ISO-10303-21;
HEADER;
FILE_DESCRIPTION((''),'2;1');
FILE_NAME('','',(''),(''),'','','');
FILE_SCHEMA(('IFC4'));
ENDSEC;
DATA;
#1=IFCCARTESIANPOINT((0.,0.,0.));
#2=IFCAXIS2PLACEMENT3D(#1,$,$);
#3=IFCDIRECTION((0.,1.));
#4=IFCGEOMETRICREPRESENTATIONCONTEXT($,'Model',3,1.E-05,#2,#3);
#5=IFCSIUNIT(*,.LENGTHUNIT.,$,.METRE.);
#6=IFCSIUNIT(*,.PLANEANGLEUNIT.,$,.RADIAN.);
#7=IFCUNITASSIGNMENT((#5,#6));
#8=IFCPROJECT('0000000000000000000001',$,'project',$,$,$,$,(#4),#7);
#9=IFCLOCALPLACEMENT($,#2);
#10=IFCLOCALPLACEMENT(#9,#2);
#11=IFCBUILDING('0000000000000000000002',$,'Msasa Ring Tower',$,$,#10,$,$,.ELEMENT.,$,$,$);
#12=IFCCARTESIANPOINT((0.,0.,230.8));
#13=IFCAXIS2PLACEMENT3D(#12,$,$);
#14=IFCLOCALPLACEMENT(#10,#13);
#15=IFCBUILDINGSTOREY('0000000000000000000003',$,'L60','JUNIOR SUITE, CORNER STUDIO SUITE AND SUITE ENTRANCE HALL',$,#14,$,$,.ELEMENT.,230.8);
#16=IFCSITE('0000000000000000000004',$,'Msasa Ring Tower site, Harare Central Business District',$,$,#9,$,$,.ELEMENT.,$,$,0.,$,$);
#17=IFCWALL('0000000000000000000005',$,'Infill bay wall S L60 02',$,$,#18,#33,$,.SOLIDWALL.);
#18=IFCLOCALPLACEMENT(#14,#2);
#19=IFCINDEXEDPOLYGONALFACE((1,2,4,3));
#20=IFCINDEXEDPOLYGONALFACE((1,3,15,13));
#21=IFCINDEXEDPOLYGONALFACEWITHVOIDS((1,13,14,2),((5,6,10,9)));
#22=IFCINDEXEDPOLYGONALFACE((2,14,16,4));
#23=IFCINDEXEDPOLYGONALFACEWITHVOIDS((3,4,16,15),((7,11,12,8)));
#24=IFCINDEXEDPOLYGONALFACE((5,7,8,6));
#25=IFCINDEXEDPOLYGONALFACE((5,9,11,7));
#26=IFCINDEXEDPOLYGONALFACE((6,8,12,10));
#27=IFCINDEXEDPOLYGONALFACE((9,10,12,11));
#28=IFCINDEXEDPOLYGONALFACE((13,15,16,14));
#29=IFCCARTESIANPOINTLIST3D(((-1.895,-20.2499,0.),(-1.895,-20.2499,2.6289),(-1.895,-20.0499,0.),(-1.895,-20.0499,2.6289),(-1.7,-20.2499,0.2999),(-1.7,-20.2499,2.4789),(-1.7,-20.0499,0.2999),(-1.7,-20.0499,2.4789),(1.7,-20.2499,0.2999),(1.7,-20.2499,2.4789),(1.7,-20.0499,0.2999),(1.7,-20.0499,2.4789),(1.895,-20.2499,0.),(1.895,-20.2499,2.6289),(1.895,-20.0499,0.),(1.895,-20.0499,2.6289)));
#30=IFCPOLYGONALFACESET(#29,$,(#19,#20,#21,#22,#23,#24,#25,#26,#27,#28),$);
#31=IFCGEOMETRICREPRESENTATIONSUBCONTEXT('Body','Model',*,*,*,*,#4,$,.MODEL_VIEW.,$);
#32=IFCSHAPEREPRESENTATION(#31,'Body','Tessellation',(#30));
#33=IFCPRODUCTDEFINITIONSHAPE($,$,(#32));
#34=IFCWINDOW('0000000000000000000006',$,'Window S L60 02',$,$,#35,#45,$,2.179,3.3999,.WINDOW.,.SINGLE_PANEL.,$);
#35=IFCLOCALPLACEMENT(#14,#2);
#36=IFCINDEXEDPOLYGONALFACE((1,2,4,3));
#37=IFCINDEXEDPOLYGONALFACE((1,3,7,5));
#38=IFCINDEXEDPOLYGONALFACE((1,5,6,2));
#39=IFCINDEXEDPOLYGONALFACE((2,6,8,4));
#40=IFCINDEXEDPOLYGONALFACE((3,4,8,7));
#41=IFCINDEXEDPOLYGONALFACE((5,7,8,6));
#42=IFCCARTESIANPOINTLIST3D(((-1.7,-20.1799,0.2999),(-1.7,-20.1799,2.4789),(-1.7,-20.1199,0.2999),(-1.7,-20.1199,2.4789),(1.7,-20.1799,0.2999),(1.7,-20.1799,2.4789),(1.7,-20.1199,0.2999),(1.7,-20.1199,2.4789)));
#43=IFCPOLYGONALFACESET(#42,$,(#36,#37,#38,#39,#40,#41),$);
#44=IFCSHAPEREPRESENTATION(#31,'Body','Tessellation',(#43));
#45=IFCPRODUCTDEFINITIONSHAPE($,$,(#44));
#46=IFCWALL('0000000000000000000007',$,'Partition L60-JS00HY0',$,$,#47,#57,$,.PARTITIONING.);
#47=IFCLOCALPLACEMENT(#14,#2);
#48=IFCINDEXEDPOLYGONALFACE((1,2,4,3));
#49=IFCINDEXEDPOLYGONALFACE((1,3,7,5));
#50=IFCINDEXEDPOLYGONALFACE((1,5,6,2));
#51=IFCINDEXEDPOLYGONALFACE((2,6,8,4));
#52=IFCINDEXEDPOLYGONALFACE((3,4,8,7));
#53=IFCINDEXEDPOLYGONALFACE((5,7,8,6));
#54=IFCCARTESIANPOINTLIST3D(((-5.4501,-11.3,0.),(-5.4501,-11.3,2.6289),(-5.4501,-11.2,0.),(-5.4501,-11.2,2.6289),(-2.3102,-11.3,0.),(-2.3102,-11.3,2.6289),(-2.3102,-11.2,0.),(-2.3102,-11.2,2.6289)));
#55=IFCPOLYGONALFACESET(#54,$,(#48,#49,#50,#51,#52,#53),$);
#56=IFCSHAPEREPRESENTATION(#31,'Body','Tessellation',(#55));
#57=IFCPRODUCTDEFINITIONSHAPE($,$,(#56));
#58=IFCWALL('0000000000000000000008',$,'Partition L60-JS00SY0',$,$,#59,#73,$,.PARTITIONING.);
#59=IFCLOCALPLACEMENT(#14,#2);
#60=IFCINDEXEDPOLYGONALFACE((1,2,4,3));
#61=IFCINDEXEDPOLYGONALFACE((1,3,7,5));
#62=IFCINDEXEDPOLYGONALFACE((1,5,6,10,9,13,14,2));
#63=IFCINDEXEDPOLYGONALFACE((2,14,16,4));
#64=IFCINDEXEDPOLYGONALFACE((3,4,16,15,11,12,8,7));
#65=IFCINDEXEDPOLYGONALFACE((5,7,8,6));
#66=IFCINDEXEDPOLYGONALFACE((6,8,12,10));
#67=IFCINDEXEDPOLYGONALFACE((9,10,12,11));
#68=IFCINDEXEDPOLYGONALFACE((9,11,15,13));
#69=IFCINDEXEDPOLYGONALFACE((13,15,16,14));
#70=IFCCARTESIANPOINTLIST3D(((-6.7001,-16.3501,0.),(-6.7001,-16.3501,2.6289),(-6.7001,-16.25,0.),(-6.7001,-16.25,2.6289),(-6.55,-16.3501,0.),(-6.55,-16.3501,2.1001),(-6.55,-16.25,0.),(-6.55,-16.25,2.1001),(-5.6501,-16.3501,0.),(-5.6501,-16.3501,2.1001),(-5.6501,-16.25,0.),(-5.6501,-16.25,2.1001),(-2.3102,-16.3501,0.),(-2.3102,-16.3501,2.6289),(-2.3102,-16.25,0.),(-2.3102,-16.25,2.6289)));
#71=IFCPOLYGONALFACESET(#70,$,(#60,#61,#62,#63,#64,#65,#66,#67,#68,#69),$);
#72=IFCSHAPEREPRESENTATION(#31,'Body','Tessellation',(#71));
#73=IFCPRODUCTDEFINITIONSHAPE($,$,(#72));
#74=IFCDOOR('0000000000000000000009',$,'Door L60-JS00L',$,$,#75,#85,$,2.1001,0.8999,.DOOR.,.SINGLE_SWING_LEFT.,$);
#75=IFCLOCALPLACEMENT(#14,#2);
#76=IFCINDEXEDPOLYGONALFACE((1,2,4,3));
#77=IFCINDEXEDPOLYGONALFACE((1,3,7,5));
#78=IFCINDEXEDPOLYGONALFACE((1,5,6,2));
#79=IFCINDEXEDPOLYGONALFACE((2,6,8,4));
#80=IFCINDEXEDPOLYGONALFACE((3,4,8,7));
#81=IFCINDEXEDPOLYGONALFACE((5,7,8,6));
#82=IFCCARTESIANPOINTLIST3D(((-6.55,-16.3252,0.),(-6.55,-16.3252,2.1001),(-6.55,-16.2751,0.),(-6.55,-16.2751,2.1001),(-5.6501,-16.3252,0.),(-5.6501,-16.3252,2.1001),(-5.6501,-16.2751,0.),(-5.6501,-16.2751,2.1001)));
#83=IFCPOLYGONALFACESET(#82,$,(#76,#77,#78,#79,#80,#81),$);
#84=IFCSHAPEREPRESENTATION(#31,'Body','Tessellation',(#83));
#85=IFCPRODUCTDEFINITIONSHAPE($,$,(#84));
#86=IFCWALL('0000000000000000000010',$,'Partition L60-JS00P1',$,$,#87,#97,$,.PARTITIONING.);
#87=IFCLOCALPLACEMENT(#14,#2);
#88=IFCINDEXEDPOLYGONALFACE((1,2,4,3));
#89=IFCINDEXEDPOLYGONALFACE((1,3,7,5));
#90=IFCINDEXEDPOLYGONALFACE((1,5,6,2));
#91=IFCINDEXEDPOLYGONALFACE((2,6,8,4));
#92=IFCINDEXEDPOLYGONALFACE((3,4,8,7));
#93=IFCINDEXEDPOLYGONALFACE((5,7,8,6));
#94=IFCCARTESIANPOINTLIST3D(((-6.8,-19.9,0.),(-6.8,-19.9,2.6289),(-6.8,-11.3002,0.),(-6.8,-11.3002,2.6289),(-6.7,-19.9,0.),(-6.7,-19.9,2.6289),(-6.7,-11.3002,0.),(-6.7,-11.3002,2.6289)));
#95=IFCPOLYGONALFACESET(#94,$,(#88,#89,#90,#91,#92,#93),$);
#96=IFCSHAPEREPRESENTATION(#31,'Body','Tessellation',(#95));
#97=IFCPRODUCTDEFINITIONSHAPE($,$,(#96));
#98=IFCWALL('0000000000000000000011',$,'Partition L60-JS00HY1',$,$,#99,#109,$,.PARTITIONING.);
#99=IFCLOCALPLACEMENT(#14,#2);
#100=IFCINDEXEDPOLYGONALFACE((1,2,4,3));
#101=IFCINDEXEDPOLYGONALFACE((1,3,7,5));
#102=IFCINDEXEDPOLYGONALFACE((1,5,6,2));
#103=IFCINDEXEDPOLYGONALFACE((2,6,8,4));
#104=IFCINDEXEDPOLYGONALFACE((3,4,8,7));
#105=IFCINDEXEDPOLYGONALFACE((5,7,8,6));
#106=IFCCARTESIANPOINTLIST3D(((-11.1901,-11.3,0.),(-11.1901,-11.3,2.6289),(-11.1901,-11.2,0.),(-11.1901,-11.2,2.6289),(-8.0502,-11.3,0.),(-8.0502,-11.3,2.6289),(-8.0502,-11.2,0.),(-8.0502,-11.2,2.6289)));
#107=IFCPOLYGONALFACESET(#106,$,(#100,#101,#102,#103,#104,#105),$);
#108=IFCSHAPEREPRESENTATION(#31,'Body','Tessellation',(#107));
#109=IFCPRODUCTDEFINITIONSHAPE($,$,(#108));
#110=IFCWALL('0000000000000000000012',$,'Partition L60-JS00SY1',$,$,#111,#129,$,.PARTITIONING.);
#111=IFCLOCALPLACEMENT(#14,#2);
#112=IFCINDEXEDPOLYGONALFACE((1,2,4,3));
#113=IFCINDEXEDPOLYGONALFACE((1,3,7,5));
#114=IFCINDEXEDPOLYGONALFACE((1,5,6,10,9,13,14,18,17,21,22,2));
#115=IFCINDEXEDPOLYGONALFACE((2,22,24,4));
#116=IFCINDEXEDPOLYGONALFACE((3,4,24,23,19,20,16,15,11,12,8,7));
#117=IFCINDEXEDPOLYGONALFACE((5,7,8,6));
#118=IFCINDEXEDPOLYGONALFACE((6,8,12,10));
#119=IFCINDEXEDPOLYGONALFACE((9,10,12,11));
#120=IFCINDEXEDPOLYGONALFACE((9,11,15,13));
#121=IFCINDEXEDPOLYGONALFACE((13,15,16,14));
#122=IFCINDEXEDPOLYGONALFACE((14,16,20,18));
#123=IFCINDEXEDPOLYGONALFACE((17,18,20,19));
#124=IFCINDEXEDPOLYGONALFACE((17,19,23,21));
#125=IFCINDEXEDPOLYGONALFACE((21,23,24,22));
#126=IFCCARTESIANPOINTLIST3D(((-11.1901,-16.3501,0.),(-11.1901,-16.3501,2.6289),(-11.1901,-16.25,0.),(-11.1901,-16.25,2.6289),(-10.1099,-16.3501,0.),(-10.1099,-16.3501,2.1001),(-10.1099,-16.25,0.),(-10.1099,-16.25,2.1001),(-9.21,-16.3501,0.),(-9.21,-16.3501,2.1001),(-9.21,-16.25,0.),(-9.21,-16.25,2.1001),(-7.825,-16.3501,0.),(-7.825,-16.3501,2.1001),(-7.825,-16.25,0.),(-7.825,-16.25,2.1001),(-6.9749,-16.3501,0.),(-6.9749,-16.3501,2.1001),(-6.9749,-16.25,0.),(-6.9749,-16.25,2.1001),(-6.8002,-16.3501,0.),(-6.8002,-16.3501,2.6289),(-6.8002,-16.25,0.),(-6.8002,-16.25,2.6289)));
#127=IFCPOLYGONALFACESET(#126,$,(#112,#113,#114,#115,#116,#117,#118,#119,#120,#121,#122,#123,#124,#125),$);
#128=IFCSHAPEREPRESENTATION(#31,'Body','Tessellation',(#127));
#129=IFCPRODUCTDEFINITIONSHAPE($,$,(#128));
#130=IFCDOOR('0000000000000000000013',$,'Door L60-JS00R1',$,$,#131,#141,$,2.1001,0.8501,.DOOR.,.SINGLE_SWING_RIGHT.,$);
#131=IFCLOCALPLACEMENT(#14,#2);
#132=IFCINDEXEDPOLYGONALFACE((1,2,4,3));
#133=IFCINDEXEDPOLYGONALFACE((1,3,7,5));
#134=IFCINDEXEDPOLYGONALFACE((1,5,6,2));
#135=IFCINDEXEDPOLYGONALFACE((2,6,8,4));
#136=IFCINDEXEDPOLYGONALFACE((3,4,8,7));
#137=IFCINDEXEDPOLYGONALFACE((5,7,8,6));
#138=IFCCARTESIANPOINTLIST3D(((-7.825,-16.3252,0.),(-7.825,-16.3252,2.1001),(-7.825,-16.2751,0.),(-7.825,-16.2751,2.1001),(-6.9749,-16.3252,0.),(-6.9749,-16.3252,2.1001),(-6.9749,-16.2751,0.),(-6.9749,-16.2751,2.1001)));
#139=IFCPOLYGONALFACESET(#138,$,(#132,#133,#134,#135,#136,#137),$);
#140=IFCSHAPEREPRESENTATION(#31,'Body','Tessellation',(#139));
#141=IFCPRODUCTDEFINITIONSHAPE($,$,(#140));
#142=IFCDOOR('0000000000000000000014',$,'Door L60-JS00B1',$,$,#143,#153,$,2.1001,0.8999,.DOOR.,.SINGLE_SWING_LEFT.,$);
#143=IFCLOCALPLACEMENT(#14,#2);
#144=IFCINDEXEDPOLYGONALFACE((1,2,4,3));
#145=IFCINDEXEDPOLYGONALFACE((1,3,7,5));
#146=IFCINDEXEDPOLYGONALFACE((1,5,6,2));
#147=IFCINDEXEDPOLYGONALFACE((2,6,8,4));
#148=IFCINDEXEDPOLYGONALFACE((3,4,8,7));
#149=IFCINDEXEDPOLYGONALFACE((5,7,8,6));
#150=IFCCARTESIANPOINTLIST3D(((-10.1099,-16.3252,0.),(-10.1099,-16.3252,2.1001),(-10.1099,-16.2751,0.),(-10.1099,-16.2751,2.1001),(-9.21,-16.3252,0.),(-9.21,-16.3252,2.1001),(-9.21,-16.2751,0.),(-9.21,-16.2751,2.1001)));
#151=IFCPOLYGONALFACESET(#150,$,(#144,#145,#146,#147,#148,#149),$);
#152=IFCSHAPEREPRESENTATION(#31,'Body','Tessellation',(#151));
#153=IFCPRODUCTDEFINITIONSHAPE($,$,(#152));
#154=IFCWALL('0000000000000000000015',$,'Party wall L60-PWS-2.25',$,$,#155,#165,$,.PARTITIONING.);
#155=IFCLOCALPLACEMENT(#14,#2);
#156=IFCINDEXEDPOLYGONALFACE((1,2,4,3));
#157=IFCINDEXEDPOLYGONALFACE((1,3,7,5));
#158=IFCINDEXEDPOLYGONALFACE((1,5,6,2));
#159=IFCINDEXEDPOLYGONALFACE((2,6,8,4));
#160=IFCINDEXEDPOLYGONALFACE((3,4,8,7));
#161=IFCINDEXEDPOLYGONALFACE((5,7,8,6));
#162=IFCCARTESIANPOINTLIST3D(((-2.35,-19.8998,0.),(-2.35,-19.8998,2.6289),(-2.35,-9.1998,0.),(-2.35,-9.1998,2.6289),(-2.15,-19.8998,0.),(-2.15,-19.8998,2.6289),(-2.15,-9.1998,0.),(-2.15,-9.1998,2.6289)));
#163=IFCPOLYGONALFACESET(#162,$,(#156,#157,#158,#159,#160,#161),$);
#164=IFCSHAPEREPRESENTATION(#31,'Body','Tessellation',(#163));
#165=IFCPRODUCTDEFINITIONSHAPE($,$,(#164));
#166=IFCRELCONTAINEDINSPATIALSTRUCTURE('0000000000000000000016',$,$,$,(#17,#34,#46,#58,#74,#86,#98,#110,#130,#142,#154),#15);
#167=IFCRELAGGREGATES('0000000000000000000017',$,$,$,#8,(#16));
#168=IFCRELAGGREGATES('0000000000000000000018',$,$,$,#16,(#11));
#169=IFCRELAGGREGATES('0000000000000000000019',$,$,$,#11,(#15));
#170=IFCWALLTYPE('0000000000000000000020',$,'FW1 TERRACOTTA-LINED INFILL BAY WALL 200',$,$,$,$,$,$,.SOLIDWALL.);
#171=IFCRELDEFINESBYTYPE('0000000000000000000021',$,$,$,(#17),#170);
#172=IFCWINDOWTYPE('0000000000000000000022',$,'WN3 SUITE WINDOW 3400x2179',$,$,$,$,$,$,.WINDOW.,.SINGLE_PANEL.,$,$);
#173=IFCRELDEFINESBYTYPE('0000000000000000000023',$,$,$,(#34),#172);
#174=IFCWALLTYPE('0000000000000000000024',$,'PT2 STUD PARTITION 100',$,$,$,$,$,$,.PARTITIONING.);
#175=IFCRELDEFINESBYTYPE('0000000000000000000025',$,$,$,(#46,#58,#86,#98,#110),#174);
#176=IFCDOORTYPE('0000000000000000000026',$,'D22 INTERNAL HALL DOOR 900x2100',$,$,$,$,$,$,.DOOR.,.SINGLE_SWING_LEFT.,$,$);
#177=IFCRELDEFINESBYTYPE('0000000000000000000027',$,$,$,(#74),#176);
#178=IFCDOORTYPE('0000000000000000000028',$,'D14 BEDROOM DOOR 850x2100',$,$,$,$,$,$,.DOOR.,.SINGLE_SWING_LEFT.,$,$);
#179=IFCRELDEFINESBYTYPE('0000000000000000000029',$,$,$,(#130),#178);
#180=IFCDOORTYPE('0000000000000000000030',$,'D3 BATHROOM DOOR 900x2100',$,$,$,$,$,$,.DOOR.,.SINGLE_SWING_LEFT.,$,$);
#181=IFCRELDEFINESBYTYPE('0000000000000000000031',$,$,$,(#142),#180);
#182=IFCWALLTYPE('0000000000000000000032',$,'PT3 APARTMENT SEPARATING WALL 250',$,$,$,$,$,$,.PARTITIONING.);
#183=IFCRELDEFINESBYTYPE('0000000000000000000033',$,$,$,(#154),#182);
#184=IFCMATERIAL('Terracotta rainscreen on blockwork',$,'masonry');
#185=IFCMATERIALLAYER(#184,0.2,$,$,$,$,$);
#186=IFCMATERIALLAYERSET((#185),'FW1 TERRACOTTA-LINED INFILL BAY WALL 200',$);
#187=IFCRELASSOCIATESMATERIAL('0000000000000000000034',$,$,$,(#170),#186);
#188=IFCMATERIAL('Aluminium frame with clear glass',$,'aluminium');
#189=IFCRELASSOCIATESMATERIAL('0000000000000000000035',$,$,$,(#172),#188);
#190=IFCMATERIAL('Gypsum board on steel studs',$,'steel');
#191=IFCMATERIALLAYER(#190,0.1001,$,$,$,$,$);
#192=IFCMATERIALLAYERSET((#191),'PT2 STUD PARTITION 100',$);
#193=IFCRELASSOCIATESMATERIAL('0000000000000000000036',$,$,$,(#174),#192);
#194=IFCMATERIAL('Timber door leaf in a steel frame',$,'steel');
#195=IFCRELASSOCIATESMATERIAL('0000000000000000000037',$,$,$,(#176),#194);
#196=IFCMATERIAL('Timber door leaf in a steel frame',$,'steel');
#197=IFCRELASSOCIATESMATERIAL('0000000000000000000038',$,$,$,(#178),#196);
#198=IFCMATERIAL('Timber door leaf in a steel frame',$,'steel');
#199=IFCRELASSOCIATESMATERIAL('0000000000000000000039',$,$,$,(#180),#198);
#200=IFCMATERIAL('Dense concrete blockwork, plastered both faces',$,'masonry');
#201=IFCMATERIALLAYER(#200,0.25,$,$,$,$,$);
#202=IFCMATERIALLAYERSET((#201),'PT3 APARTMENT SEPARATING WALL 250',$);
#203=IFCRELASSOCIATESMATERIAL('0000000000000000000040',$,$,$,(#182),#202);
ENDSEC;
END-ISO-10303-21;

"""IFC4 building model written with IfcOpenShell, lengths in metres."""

from ifc_helpers import new_model, si_unit, direction, frame, frame_2d, origin, place, context, subcontext, project, spatial, rectangle, extrude, material, layer, layer_set, type_object, element, fill, save


model = new_model("IFC4")

# Units and contexts
model_context = context("Model", 3, precision=1e-05, world=origin(), true_north=direction((0.0, 1.0)))
body_context = subcontext(model_context, "Body", "Model", "MODEL_VIEW")
ifc_project = project(units=[si_unit("LENGTHUNIT", "METRE"), si_unit("PLANEANGLEUNIT", "RADIAN")], contexts=[model_context])

# Site, building, storey
site_placement = place(None, origin())
site = spatial("IfcSite", under=ifc_project, at=site_placement, Name="Msasa Ring Tower site, Harare Central Business District", CompositionType="ELEMENT", RefElevation=0.0)
building_placement = place(site_placement, origin())
building = spatial("IfcBuilding", under=site, at=building_placement, Name="Msasa Ring Tower", CompositionType="ELEMENT")
storey_placement = place(building_placement, frame((0.0, 0.0, 230.8)))
storey = spatial("IfcBuildingStorey", under=building, at=storey_placement, Name="L60", Description="JUNIOR SUITE, CORNER STUDIO SUITE AND SUITE ENTRANCE HALL", CompositionType="ELEMENT", Elevation=230.8)

# Wall, opening, window
ifc_material_1 = material(Name="Terracotta rainscreen on blockwork", Category="masonry")
ifc_layer_1 = layer(ifc_material_1, 0.2)
ifc_layer_set_1 = layer_set([ifc_layer_1], Name="FW1 TERRACOTTA-LINED INFILL BAY WALL 200")
wall_type_1 = type_object("IfcWallType", Name="FW1 TERRACOTTA-LINED INFILL BAY WALL 200", PredefinedType="SOLIDWALL", material=ifc_layer_set_1)
ifc_material_2 = material(Name="Aluminium frame with clear glass", Category="aluminium")
window_type = type_object("IfcWindowType", Name="WN3 SUITE WINDOW 3400x2179", PartitioningType="SINGLE_PANEL", PredefinedType="WINDOW", material=ifc_material_2)
wall_1_placement = place(storey_placement, frame((-1.895, -20.1499, 0.0), z_axis=(0.0, 0.0, 1.0), x_axis=(1.0, 0.0, 0.0)))
wall_1 = element("IfcWall", 1, at=wall_1_placement, inside=storey, type_object=wall_type_1, Name="Infill bay wall S L60 02", PredefinedType="SOLIDWALL", context=body_context, shape_type="SweptSolid", body=[
    extrude(rectangle(XDim=3.79, YDim=0.2, at=frame_2d((1.895, 0.0))), origin(), (0.0, 0.0, 1.0), 2.6289),
])
opening_1_placement = place(wall_1_placement, frame((0.1951, 0.0, 0.3)))
opening_1 = element("IfcOpeningElement", 2, at=opening_1_placement, cuts=wall_1, PredefinedType="OPENING", context=body_context, shape_type="SweptSolid", body=[
    extrude(rectangle(XDim=3.3999, YDim=2.179, at=frame_2d((1.7, 1.0894))), frame((0.0, 0.1099, 0.0), z_axis=(0.0, -1.0, 0.0), x_axis=(1.0, 0.0, 0.0)), (0.0, 0.0, 1.0), 0.22),
])
window_1_placement = place(opening_1_placement, origin())
window_1 = element("IfcWindow", 3, at=window_1_placement, inside=storey, type_object=window_type, Name="Window S L60 02", OverallHeight=2.179, OverallWidth=3.3999, PartitioningType="SINGLE_PANEL", PredefinedType="WINDOW", context=body_context, shape_type="SweptSolid", body=[
    extrude(rectangle(XDim=3.3999, YDim=2.179, at=frame_2d((1.7, 1.0894))), frame((0.0, 0.03, 0.0), z_axis=(0.0, -1.0, 0.0), x_axis=(1.0, 0.0, 0.0)), (0.0, 0.0, 1.0), 0.0601),
])
fill(opening_1, window_1)

# Wall
ifc_material_3 = material(Name="Gypsum board on steel studs", Category="steel")
ifc_layer_2 = layer(ifc_material_3, 0.1001)
ifc_layer_set_2 = layer_set([ifc_layer_2], Name="PT2 STUD PARTITION 100")
wall_type_2 = type_object("IfcWallType", Name="PT2 STUD PARTITION 100", PredefinedType="PARTITIONING", material=ifc_layer_set_2)
wall_2_placement = place(storey_placement, frame((-5.45, -11.25, 0.0), z_axis=(0.0, 0.0, 1.0), x_axis=(1.0, 0.0, 0.0)))
element("IfcWall", 4, at=wall_2_placement, inside=storey, type_object=wall_type_2, Name="Partition L60-JS00HY0", PredefinedType="PARTITIONING", context=body_context, shape_type="SweptSolid", body=[
    extrude(rectangle(XDim=3.1399, YDim=0.1001, at=frame_2d((1.5698, 0.0))), origin(), (0.0, 0.0, 1.0), 2.6289),
])

# Wall, opening, door
wall_3_placement = place(storey_placement, frame((-6.7, -16.3, 0.0), z_axis=(0.0, 0.0, 1.0), x_axis=(1.0, 0.0, 0.0)))
wall_3 = element("IfcWall", 5, at=wall_3_placement, inside=storey, type_object=wall_type_2, Name="Partition L60-JS00SY0", PredefinedType="PARTITIONING", context=body_context, shape_type="SweptSolid", body=[
    extrude(rectangle(XDim=4.3899, YDim=0.1001, at=frame_2d((2.1948, 0.0))), origin(), (0.0, 0.0, 1.0), 2.6289),
])
opening_2_placement = place(wall_3_placement, frame((0.1499, 0.0, 0.0)))
opening_2 = element("IfcOpeningElement", 6, at=opening_2_placement, cuts=wall_3, PredefinedType="OPENING", context=body_context, shape_type="SweptSolid", body=[
    extrude(rectangle(XDim=0.8999, YDim=2.1001, at=frame_2d((0.45, 1.05))), frame((0.0, 0.0601, 0.0), z_axis=(0.0, -1.0, 0.0), x_axis=(1.0, 0.0, 0.0)), (0.0, 0.0, 1.0), 0.1201),
])
ifc_material_4 = material(Name="Timber door leaf in a steel frame", Category="steel")
door_type_1 = type_object("IfcDoorType", Name="D22 INTERNAL HALL DOOR 900x2100", OperationType="SINGLE_SWING_LEFT", PredefinedType="DOOR", material=ifc_material_4)
door_1_placement = place(opening_2_placement, origin())
door_1 = element("IfcDoor", 7, at=door_1_placement, inside=storey, type_object=door_type_1, Name="Door L60-JS00L", OperationType="SINGLE_SWING_LEFT", OverallHeight=2.1001, OverallWidth=0.8999, PredefinedType="DOOR", context=body_context, shape_type="SweptSolid", body=[
    extrude(rectangle(XDim=0.8999, YDim=2.1001, at=frame_2d((0.45, 1.05))), frame((0.0, 0.0249, 0.0), z_axis=(0.0, -1.0, 0.0), x_axis=(1.0, 0.0, 0.0)), (0.0, 0.0, 1.0), 0.05),
])
fill(opening_2, door_1)

# Walls
wall_4_placement = place(storey_placement, frame((-6.75, -19.8999, 0.0), z_axis=(0.0, 0.0, 1.0), x_axis=(0.0, 1.0, 0.0)))
element("IfcWall", 8, at=wall_4_placement, inside=storey, type_object=wall_type_2, Name="Partition L60-JS00P1", PredefinedType="PARTITIONING", context=body_context, shape_type="SweptSolid", body=[
    extrude(rectangle(XDim=8.5999, YDim=0.1001, at=frame_2d((4.2998, 0.0))), origin(), (0.0, 0.0, 1.0), 2.6289),
])
wall_5_placement = place(storey_placement, frame((-11.1899, -11.25, 0.0), z_axis=(0.0, 0.0, 1.0), x_axis=(1.0, 0.0, 0.0)))
element("IfcWall", 9, at=wall_5_placement, inside=storey, type_object=wall_type_2, Name="Partition L60-JS00HY1", PredefinedType="PARTITIONING", context=body_context, shape_type="SweptSolid", body=[
    extrude(rectangle(XDim=3.1399, YDim=0.1001, at=frame_2d((1.5698, 0.0))), origin(), (0.0, 0.0, 1.0), 2.6289),
])

# Wall, openings, doors
wall_6_placement = place(storey_placement, frame((-11.1899, -16.3, 0.0), z_axis=(0.0, 0.0, 1.0), x_axis=(1.0, 0.0, 0.0)))
wall_6 = element("IfcWall", 10, at=wall_6_placement, inside=storey, type_object=wall_type_2, Name="Partition L60-JS00SY1", PredefinedType="PARTITIONING", context=body_context, shape_type="SweptSolid", body=[
    extrude(rectangle(XDim=4.3899, YDim=0.1001, at=frame_2d((2.1948, 0.0))), origin(), (0.0, 0.0, 1.0), 2.6289),
])
opening_3_placement = place(wall_6_placement, frame((3.365, 0.0, 0.0)))
opening_3 = element("IfcOpeningElement", 11, at=opening_3_placement, cuts=wall_6, PredefinedType="OPENING", context=body_context, shape_type="SweptSolid", body=[
    extrude(rectangle(XDim=0.8501, YDim=2.1001, at=frame_2d((0.425, 1.05))), frame((0.0, 0.0601, 0.0), z_axis=(0.0, -1.0, 0.0), x_axis=(1.0, 0.0, 0.0)), (0.0, 0.0, 1.0), 0.1201),
])
opening_4_placement = place(wall_6_placement, frame((1.0801, 0.0, 0.0)))
opening_4 = element("IfcOpeningElement", 12, at=opening_4_placement, cuts=wall_6, PredefinedType="OPENING", context=body_context, shape_type="SweptSolid", body=[
    extrude(rectangle(XDim=0.8999, YDim=2.1001, at=frame_2d((0.45, 1.05))), frame((0.0, 0.0601, 0.0), z_axis=(0.0, -1.0, 0.0), x_axis=(1.0, 0.0, 0.0)), (0.0, 0.0, 1.0), 0.1201),
])
ifc_material_5 = material(Name="Timber door leaf in a steel frame", Category="steel")
door_type_2 = type_object("IfcDoorType", Name="D14 BEDROOM DOOR 850x2100", OperationType="SINGLE_SWING_LEFT", PredefinedType="DOOR", material=ifc_material_5)
door_2_placement = place(opening_3_placement, origin())
door_2 = element("IfcDoor", 13, at=door_2_placement, inside=storey, type_object=door_type_2, Name="Door L60-JS00R1", OperationType="SINGLE_SWING_RIGHT", OverallHeight=2.1001, OverallWidth=0.8501, PredefinedType="DOOR", context=body_context, shape_type="SweptSolid", body=[
    extrude(rectangle(XDim=0.8501, YDim=2.1001, at=frame_2d((0.425, 1.05))), frame((0.0, 0.0249, 0.0), z_axis=(0.0, -1.0, 0.0), x_axis=(1.0, 0.0, 0.0)), (0.0, 0.0, 1.0), 0.05),
])
fill(opening_3, door_2)
ifc_material_6 = material(Name="Timber door leaf in a steel frame", Category="steel")
door_type_3 = type_object("IfcDoorType", Name="D3 BATHROOM DOOR 900x2100", OperationType="SINGLE_SWING_LEFT", PredefinedType="DOOR", material=ifc_material_6)
door_3_placement = place(opening_4_placement, origin())
door_3 = element("IfcDoor", 14, at=door_3_placement, inside=storey, type_object=door_type_3, Name="Door L60-JS00B1", OperationType="SINGLE_SWING_LEFT", OverallHeight=2.1001, OverallWidth=0.8999, PredefinedType="DOOR", context=body_context, shape_type="SweptSolid", body=[
    extrude(rectangle(XDim=0.8999, YDim=2.1001, at=frame_2d((0.45, 1.05))), frame((0.0, 0.0249, 0.0), z_axis=(0.0, -1.0, 0.0), x_axis=(1.0, 0.0, 0.0)), (0.0, 0.0, 1.0), 0.05),
])
fill(opening_4, door_3)

# Wall
ifc_material_7 = material(Name="Dense concrete blockwork, plastered both faces", Category="masonry")
ifc_layer_3 = layer(ifc_material_7, 0.25)
ifc_layer_set_3 = layer_set([ifc_layer_3], Name="PT3 APARTMENT SEPARATING WALL 250")
wall_type_3 = type_object("IfcWallType", Name="PT3 APARTMENT SEPARATING WALL 250", PredefinedType="PARTITIONING", material=ifc_layer_set_3)
wall_7_placement = place(storey_placement, frame((-2.25, -19.8999, 0.0), z_axis=(0.0, 0.0, 1.0), x_axis=(0.0, 1.0, 0.0)))
element("IfcWall", 15, at=wall_7_placement, inside=storey, type_object=wall_type_3, Name="Party wall L60-PWS-2.25", PredefinedType="PARTITIONING", context=body_context, shape_type="SweptSolid", body=[
    extrude(rectangle(XDim=10.7, YDim=0.2, at=frame_2d((5.3501, 0.0))), origin(), (0.0, 0.0, 1.0), 2.6289),
])

save(model, "model.ifc")
